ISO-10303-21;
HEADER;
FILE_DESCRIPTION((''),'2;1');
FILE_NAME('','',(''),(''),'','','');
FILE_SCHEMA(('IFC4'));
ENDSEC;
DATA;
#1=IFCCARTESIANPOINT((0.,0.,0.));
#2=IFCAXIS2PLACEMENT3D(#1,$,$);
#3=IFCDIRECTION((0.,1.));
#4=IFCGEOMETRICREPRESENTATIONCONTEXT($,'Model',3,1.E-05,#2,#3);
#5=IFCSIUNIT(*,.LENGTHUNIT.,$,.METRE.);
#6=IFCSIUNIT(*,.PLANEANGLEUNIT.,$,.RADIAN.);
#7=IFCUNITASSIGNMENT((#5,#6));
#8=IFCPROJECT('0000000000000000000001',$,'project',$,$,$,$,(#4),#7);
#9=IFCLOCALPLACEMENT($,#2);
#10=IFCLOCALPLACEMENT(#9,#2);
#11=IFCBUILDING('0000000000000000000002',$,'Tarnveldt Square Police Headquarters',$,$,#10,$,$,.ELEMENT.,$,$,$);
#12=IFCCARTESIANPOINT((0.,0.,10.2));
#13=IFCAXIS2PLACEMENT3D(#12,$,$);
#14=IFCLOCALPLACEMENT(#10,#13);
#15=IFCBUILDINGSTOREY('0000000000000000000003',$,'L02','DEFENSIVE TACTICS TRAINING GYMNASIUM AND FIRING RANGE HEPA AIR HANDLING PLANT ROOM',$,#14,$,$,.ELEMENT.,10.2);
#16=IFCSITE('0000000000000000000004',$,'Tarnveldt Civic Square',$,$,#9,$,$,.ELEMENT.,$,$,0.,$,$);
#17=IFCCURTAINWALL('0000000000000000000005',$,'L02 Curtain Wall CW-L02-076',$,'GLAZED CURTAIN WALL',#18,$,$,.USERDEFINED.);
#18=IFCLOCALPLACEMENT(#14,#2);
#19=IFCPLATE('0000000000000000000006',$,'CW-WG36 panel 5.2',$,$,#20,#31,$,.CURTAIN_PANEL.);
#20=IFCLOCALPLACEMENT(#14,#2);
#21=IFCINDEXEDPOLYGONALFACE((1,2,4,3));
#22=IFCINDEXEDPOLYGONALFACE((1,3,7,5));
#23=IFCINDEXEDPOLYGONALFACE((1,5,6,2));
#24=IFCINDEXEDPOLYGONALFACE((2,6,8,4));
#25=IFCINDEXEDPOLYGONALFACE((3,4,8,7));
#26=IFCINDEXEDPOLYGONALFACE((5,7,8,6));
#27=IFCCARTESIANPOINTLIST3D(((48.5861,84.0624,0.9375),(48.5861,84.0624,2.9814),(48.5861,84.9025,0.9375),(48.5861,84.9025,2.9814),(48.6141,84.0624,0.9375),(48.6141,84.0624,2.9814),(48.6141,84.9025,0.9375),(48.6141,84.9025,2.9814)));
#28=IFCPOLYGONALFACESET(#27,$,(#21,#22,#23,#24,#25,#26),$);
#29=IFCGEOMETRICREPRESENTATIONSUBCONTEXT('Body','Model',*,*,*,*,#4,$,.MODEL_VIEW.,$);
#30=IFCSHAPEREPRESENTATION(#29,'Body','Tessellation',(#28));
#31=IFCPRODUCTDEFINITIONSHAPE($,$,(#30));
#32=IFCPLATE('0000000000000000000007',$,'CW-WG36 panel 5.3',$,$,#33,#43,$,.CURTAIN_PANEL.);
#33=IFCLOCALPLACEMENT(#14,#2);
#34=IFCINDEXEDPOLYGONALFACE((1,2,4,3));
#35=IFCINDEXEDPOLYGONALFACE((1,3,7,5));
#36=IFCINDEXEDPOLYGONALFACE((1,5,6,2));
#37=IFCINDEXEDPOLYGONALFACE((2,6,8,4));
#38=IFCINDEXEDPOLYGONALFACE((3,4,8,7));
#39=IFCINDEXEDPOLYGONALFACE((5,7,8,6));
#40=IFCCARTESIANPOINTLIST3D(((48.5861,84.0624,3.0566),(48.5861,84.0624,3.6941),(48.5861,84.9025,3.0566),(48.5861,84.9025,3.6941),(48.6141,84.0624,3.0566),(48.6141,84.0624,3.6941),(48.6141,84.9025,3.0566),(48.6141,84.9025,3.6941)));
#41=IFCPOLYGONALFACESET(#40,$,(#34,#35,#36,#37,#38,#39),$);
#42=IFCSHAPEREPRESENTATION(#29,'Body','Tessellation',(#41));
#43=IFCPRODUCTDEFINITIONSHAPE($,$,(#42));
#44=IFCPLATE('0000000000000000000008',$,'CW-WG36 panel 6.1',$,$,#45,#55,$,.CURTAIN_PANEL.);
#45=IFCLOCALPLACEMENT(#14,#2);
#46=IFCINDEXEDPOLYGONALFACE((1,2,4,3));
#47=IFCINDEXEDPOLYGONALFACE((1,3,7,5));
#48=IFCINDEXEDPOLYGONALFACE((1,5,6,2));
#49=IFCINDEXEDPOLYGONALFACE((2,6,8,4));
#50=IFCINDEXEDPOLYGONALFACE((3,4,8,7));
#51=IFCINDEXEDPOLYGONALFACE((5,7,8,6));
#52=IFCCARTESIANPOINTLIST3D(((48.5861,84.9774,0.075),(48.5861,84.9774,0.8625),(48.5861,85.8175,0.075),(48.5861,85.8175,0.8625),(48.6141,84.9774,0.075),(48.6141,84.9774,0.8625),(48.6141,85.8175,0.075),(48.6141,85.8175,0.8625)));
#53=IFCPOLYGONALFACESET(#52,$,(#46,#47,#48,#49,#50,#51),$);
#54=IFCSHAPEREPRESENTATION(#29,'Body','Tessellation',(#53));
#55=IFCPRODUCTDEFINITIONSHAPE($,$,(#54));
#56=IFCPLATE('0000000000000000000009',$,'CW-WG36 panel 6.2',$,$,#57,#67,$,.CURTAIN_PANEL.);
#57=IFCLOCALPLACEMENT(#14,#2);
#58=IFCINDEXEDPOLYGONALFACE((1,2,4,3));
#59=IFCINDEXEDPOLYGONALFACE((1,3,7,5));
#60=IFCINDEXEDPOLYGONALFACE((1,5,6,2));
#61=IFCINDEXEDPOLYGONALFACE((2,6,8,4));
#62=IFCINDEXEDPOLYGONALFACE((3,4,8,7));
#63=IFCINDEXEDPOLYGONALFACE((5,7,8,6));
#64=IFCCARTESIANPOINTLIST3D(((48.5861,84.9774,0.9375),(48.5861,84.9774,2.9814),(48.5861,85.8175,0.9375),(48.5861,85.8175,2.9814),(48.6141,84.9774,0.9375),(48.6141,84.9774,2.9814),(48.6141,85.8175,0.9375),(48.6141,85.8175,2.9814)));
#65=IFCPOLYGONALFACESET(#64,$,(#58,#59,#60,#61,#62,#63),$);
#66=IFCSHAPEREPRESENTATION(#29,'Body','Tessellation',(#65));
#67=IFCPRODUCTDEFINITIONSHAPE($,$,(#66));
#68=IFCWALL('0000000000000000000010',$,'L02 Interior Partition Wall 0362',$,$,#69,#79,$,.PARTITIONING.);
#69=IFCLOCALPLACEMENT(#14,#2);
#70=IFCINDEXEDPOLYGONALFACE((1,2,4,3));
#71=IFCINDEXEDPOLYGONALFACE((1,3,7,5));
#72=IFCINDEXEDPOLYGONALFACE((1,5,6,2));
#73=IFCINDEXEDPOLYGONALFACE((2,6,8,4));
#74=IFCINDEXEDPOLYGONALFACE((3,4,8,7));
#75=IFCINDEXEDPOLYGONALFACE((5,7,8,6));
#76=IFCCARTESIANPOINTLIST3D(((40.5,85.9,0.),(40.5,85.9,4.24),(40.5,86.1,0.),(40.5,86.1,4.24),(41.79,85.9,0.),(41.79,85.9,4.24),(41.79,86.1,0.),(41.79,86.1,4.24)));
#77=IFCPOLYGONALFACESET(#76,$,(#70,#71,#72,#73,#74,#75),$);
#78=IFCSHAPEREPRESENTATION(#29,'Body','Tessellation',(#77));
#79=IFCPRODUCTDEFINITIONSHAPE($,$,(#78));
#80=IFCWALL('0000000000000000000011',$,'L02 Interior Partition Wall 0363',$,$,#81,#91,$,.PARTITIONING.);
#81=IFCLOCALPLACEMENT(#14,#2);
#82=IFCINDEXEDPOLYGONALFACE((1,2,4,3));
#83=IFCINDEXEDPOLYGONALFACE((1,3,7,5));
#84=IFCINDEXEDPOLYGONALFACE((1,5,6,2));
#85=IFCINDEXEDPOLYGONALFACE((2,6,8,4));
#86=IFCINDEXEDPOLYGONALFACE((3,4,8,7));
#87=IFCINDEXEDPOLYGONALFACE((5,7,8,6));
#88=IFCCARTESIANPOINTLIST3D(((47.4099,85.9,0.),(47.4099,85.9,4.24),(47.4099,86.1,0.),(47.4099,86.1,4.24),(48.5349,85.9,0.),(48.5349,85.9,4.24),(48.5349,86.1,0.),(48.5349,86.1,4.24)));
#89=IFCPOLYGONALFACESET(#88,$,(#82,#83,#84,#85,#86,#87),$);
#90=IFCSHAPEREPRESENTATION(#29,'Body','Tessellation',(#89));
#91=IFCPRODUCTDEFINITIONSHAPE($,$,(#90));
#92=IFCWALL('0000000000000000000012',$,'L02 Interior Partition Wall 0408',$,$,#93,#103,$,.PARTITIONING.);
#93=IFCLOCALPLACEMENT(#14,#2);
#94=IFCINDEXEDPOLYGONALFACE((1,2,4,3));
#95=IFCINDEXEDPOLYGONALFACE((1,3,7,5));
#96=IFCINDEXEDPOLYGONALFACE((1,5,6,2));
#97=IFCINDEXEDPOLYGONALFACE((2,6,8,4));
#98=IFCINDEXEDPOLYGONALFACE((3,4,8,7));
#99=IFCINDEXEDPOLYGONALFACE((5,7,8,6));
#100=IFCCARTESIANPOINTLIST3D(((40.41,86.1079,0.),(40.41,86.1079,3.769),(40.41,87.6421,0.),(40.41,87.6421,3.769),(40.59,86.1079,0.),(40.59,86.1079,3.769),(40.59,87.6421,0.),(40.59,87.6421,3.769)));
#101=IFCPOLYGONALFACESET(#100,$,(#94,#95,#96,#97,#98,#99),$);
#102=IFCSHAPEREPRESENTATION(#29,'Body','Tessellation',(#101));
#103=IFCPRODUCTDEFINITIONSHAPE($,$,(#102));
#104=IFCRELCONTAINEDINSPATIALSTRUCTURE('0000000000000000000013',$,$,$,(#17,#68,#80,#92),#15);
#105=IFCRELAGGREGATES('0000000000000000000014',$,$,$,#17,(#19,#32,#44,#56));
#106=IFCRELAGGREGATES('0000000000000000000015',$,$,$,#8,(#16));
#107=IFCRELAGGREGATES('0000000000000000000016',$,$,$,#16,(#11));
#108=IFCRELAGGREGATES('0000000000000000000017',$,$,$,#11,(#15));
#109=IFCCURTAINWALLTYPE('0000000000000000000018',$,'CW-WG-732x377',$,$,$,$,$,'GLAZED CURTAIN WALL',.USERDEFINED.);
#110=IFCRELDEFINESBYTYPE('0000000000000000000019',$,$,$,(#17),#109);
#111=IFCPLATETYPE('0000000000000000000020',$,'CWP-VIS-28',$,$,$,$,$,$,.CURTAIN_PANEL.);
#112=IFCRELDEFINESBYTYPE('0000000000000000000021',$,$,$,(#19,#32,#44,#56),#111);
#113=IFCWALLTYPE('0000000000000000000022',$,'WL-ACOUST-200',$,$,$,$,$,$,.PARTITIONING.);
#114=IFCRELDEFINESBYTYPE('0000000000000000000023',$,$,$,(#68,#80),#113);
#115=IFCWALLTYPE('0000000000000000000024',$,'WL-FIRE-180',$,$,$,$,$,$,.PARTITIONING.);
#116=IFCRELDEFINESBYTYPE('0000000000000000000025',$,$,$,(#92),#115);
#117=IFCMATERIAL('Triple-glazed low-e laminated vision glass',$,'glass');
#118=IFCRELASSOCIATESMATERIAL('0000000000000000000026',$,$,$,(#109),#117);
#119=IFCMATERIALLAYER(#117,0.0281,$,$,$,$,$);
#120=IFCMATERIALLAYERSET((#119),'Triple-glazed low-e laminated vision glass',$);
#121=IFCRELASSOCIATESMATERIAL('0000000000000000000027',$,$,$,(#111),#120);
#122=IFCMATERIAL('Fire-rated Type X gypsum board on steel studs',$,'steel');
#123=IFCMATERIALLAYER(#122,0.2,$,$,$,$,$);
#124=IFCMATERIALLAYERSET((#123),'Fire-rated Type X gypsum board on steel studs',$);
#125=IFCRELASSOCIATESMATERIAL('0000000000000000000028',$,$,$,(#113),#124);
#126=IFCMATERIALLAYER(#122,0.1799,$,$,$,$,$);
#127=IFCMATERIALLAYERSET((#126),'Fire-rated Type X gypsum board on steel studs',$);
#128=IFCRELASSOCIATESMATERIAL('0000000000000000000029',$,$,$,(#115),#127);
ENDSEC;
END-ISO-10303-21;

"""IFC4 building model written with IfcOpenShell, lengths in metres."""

from ifc_helpers import new_model, si_unit, direction, frame, frame_2d, origin, origin_2d, place, context, subcontext, project, spatial, rectangle, extrude, material, layer, layer_set, type_object, element, aggregate, save


model = new_model("IFC4")

# Units and contexts
model_context = context("Model", 3, precision=1e-05, world=origin(), true_north=direction((0.0, 1.0)))
body_context = subcontext(model_context, "Body", "Model", "MODEL_VIEW")
ifc_project = project(units=[si_unit("LENGTHUNIT", "METRE"), si_unit("PLANEANGLEUNIT", "RADIAN")], contexts=[model_context])

# Site, building, storey
site_placement = place(None, origin())
site = spatial("IfcSite", under=ifc_project, at=site_placement, Name="Tarnveldt Civic Square", CompositionType="ELEMENT", RefElevation=0.0)
building_placement = place(site_placement, origin())
building = spatial("IfcBuilding", under=site, at=building_placement, Name="Tarnveldt Square Police Headquarters", CompositionType="ELEMENT")
storey_placement = place(building_placement, frame((0.0, 0.0, 10.2)))
storey = spatial("IfcBuildingStorey", under=building, at=storey_placement, Name="L02", Description="DEFENSIVE TACTICS TRAINING GYMNASIUM AND FIRING RANGE HEPA AIR HANDLING PLANT ROOM", CompositionType="ELEMENT", Elevation=10.2)

# Curtain wall, plates
ifc_material_1 = material(Name="Triple-glazed low-e laminated vision glass", Category="glass")
curtain_wall_type = type_object("IfcCurtainWallType", Name="CW-WG-732x377", ElementType="GLAZED CURTAIN WALL", PredefinedType="USERDEFINED", material=ifc_material_1)
curtain_wall_placement = place(storey_placement, origin())
curtain_wall = element("IfcCurtainWall", 1, at=curtain_wall_placement, inside=storey, type_object=curtain_wall_type, Name="L02 Curtain Wall CW-L02-076", ObjectType="GLAZED CURTAIN WALL", PredefinedType="USERDEFINED")
ifc_layer_1 = layer(ifc_material_1, 0.0281)
ifc_layer_set_1 = layer_set([ifc_layer_1], Name="Triple-glazed low-e laminated vision glass")
plate_type = type_object("IfcPlateType", Name="CWP-VIS-28", PredefinedType="CURTAIN_PANEL", material=ifc_layer_set_1)
plate_1_placement = place(storey_placement, frame((48.6001, 84.4824, 0.9375), z_axis=(0.0, 0.0, 1.0), x_axis=(0.0, 1.0, 0.0)))
plate_1 = element("IfcPlate", 2, at=plate_1_placement, type_object=plate_type, Name="CW-WG36 panel 5.2", PredefinedType="CURTAIN_PANEL", context=body_context, shape_type="SweptSolid", body=[
    extrude(rectangle(XDim=0.8401, YDim=0.0281, at=origin_2d()), origin(), (0.0, 0.0, 1.0), 2.0439),
])
plate_2_placement = place(storey_placement, frame((48.6001, 84.4824, 3.0566), z_axis=(0.0, 0.0, 1.0), x_axis=(0.0, 1.0, 0.0)))
plate_2 = element("IfcPlate", 3, at=plate_2_placement, type_object=plate_type, Name="CW-WG36 panel 5.3", PredefinedType="CURTAIN_PANEL", context=body_context, shape_type="SweptSolid", body=[
    extrude(rectangle(XDim=0.8401, YDim=0.0281, at=origin_2d()), origin(), (0.0, 0.0, 1.0), 0.6375),
])
plate_3_placement = place(storey_placement, frame((48.6001, 85.3975, 0.075), z_axis=(0.0, 0.0, 1.0), x_axis=(0.0, 1.0, 0.0)))
plate_3 = element("IfcPlate", 4, at=plate_3_placement, type_object=plate_type, Name="CW-WG36 panel 6.1", PredefinedType="CURTAIN_PANEL", context=body_context, shape_type="SweptSolid", body=[
    extrude(rectangle(XDim=0.8401, YDim=0.0281, at=origin_2d()), origin(), (0.0, 0.0, 1.0), 0.7876),
])
plate_4_placement = place(storey_placement, frame((48.6001, 85.3975, 0.9375), z_axis=(0.0, 0.0, 1.0), x_axis=(0.0, 1.0, 0.0)))
plate_4 = element("IfcPlate", 5, at=plate_4_placement, type_object=plate_type, Name="CW-WG36 panel 6.2", PredefinedType="CURTAIN_PANEL", context=body_context, shape_type="SweptSolid", body=[
    extrude(rectangle(XDim=0.8401, YDim=0.0281, at=origin_2d()), origin(), (0.0, 0.0, 1.0), 2.0439),
])
aggregate(curtain_wall, [plate_1, plate_2, plate_3, plate_4])

# Walls
ifc_material_2 = material(Name="Fire-rated Type X gypsum board on steel studs", Category="steel")
ifc_layer_2 = layer(ifc_material_2, 0.2)
ifc_layer_set_2 = layer_set([ifc_layer_2], Name="Fire-rated Type X gypsum board on steel studs")
wall_type_1 = type_object("IfcWallType", Name="WL-ACOUST-200", PredefinedType="PARTITIONING", material=ifc_layer_set_2)
wall_1_placement = place(storey_placement, frame((40.5, 86.0, 0.0), z_axis=(0.0, 0.0, 1.0), x_axis=(1.0, 0.0, 0.0)))
element("IfcWall", 6, at=wall_1_placement, inside=storey, type_object=wall_type_1, Name="L02 Interior Partition Wall 0362", PredefinedType="PARTITIONING", context=body_context, shape_type="SweptSolid", body=[
    extrude(rectangle(XDim=1.29, YDim=0.2, at=frame_2d((0.645, 0.0))), origin(), (0.0, 0.0, 1.0), 4.24),
])
wall_2_placement = place(storey_placement, frame((47.4099, 86.0, 0.0), z_axis=(0.0, 0.0, 1.0), x_axis=(1.0, 0.0, 0.0)))
element("IfcWall", 7, at=wall_2_placement, inside=storey, type_object=wall_type_1, Name="L02 Interior Partition Wall 0363", PredefinedType="PARTITIONING", context=body_context, shape_type="SweptSolid", body=[
    extrude(rectangle(XDim=1.125, YDim=0.2, at=frame_2d((0.5625, 0.0))), origin(), (0.0, 0.0, 1.0), 4.24),
])
ifc_layer_3 = layer(ifc_material_2, 0.1799)
ifc_layer_set_3 = layer_set([ifc_layer_3], Name="Fire-rated Type X gypsum board on steel studs")
wall_type_2 = type_object("IfcWallType", Name="WL-FIRE-180", PredefinedType="PARTITIONING", material=ifc_layer_set_3)
wall_3_placement = place(storey_placement, frame((40.5, 86.1079, 0.0), z_axis=(0.0, 0.0, 1.0), x_axis=(0.0, 1.0, 0.0)))
element("IfcWall", 8, at=wall_3_placement, inside=storey, type_object=wall_type_2, Name="L02 Interior Partition Wall 0408", PredefinedType="PARTITIONING", context=body_context, shape_type="SweptSolid", body=[
    extrude(rectangle(XDim=1.5342, YDim=0.1799, at=frame_2d((0.7671, 0.0))), origin(), (0.0, 0.0, 1.0), 3.769),
])

save(model, "model.ifc")
